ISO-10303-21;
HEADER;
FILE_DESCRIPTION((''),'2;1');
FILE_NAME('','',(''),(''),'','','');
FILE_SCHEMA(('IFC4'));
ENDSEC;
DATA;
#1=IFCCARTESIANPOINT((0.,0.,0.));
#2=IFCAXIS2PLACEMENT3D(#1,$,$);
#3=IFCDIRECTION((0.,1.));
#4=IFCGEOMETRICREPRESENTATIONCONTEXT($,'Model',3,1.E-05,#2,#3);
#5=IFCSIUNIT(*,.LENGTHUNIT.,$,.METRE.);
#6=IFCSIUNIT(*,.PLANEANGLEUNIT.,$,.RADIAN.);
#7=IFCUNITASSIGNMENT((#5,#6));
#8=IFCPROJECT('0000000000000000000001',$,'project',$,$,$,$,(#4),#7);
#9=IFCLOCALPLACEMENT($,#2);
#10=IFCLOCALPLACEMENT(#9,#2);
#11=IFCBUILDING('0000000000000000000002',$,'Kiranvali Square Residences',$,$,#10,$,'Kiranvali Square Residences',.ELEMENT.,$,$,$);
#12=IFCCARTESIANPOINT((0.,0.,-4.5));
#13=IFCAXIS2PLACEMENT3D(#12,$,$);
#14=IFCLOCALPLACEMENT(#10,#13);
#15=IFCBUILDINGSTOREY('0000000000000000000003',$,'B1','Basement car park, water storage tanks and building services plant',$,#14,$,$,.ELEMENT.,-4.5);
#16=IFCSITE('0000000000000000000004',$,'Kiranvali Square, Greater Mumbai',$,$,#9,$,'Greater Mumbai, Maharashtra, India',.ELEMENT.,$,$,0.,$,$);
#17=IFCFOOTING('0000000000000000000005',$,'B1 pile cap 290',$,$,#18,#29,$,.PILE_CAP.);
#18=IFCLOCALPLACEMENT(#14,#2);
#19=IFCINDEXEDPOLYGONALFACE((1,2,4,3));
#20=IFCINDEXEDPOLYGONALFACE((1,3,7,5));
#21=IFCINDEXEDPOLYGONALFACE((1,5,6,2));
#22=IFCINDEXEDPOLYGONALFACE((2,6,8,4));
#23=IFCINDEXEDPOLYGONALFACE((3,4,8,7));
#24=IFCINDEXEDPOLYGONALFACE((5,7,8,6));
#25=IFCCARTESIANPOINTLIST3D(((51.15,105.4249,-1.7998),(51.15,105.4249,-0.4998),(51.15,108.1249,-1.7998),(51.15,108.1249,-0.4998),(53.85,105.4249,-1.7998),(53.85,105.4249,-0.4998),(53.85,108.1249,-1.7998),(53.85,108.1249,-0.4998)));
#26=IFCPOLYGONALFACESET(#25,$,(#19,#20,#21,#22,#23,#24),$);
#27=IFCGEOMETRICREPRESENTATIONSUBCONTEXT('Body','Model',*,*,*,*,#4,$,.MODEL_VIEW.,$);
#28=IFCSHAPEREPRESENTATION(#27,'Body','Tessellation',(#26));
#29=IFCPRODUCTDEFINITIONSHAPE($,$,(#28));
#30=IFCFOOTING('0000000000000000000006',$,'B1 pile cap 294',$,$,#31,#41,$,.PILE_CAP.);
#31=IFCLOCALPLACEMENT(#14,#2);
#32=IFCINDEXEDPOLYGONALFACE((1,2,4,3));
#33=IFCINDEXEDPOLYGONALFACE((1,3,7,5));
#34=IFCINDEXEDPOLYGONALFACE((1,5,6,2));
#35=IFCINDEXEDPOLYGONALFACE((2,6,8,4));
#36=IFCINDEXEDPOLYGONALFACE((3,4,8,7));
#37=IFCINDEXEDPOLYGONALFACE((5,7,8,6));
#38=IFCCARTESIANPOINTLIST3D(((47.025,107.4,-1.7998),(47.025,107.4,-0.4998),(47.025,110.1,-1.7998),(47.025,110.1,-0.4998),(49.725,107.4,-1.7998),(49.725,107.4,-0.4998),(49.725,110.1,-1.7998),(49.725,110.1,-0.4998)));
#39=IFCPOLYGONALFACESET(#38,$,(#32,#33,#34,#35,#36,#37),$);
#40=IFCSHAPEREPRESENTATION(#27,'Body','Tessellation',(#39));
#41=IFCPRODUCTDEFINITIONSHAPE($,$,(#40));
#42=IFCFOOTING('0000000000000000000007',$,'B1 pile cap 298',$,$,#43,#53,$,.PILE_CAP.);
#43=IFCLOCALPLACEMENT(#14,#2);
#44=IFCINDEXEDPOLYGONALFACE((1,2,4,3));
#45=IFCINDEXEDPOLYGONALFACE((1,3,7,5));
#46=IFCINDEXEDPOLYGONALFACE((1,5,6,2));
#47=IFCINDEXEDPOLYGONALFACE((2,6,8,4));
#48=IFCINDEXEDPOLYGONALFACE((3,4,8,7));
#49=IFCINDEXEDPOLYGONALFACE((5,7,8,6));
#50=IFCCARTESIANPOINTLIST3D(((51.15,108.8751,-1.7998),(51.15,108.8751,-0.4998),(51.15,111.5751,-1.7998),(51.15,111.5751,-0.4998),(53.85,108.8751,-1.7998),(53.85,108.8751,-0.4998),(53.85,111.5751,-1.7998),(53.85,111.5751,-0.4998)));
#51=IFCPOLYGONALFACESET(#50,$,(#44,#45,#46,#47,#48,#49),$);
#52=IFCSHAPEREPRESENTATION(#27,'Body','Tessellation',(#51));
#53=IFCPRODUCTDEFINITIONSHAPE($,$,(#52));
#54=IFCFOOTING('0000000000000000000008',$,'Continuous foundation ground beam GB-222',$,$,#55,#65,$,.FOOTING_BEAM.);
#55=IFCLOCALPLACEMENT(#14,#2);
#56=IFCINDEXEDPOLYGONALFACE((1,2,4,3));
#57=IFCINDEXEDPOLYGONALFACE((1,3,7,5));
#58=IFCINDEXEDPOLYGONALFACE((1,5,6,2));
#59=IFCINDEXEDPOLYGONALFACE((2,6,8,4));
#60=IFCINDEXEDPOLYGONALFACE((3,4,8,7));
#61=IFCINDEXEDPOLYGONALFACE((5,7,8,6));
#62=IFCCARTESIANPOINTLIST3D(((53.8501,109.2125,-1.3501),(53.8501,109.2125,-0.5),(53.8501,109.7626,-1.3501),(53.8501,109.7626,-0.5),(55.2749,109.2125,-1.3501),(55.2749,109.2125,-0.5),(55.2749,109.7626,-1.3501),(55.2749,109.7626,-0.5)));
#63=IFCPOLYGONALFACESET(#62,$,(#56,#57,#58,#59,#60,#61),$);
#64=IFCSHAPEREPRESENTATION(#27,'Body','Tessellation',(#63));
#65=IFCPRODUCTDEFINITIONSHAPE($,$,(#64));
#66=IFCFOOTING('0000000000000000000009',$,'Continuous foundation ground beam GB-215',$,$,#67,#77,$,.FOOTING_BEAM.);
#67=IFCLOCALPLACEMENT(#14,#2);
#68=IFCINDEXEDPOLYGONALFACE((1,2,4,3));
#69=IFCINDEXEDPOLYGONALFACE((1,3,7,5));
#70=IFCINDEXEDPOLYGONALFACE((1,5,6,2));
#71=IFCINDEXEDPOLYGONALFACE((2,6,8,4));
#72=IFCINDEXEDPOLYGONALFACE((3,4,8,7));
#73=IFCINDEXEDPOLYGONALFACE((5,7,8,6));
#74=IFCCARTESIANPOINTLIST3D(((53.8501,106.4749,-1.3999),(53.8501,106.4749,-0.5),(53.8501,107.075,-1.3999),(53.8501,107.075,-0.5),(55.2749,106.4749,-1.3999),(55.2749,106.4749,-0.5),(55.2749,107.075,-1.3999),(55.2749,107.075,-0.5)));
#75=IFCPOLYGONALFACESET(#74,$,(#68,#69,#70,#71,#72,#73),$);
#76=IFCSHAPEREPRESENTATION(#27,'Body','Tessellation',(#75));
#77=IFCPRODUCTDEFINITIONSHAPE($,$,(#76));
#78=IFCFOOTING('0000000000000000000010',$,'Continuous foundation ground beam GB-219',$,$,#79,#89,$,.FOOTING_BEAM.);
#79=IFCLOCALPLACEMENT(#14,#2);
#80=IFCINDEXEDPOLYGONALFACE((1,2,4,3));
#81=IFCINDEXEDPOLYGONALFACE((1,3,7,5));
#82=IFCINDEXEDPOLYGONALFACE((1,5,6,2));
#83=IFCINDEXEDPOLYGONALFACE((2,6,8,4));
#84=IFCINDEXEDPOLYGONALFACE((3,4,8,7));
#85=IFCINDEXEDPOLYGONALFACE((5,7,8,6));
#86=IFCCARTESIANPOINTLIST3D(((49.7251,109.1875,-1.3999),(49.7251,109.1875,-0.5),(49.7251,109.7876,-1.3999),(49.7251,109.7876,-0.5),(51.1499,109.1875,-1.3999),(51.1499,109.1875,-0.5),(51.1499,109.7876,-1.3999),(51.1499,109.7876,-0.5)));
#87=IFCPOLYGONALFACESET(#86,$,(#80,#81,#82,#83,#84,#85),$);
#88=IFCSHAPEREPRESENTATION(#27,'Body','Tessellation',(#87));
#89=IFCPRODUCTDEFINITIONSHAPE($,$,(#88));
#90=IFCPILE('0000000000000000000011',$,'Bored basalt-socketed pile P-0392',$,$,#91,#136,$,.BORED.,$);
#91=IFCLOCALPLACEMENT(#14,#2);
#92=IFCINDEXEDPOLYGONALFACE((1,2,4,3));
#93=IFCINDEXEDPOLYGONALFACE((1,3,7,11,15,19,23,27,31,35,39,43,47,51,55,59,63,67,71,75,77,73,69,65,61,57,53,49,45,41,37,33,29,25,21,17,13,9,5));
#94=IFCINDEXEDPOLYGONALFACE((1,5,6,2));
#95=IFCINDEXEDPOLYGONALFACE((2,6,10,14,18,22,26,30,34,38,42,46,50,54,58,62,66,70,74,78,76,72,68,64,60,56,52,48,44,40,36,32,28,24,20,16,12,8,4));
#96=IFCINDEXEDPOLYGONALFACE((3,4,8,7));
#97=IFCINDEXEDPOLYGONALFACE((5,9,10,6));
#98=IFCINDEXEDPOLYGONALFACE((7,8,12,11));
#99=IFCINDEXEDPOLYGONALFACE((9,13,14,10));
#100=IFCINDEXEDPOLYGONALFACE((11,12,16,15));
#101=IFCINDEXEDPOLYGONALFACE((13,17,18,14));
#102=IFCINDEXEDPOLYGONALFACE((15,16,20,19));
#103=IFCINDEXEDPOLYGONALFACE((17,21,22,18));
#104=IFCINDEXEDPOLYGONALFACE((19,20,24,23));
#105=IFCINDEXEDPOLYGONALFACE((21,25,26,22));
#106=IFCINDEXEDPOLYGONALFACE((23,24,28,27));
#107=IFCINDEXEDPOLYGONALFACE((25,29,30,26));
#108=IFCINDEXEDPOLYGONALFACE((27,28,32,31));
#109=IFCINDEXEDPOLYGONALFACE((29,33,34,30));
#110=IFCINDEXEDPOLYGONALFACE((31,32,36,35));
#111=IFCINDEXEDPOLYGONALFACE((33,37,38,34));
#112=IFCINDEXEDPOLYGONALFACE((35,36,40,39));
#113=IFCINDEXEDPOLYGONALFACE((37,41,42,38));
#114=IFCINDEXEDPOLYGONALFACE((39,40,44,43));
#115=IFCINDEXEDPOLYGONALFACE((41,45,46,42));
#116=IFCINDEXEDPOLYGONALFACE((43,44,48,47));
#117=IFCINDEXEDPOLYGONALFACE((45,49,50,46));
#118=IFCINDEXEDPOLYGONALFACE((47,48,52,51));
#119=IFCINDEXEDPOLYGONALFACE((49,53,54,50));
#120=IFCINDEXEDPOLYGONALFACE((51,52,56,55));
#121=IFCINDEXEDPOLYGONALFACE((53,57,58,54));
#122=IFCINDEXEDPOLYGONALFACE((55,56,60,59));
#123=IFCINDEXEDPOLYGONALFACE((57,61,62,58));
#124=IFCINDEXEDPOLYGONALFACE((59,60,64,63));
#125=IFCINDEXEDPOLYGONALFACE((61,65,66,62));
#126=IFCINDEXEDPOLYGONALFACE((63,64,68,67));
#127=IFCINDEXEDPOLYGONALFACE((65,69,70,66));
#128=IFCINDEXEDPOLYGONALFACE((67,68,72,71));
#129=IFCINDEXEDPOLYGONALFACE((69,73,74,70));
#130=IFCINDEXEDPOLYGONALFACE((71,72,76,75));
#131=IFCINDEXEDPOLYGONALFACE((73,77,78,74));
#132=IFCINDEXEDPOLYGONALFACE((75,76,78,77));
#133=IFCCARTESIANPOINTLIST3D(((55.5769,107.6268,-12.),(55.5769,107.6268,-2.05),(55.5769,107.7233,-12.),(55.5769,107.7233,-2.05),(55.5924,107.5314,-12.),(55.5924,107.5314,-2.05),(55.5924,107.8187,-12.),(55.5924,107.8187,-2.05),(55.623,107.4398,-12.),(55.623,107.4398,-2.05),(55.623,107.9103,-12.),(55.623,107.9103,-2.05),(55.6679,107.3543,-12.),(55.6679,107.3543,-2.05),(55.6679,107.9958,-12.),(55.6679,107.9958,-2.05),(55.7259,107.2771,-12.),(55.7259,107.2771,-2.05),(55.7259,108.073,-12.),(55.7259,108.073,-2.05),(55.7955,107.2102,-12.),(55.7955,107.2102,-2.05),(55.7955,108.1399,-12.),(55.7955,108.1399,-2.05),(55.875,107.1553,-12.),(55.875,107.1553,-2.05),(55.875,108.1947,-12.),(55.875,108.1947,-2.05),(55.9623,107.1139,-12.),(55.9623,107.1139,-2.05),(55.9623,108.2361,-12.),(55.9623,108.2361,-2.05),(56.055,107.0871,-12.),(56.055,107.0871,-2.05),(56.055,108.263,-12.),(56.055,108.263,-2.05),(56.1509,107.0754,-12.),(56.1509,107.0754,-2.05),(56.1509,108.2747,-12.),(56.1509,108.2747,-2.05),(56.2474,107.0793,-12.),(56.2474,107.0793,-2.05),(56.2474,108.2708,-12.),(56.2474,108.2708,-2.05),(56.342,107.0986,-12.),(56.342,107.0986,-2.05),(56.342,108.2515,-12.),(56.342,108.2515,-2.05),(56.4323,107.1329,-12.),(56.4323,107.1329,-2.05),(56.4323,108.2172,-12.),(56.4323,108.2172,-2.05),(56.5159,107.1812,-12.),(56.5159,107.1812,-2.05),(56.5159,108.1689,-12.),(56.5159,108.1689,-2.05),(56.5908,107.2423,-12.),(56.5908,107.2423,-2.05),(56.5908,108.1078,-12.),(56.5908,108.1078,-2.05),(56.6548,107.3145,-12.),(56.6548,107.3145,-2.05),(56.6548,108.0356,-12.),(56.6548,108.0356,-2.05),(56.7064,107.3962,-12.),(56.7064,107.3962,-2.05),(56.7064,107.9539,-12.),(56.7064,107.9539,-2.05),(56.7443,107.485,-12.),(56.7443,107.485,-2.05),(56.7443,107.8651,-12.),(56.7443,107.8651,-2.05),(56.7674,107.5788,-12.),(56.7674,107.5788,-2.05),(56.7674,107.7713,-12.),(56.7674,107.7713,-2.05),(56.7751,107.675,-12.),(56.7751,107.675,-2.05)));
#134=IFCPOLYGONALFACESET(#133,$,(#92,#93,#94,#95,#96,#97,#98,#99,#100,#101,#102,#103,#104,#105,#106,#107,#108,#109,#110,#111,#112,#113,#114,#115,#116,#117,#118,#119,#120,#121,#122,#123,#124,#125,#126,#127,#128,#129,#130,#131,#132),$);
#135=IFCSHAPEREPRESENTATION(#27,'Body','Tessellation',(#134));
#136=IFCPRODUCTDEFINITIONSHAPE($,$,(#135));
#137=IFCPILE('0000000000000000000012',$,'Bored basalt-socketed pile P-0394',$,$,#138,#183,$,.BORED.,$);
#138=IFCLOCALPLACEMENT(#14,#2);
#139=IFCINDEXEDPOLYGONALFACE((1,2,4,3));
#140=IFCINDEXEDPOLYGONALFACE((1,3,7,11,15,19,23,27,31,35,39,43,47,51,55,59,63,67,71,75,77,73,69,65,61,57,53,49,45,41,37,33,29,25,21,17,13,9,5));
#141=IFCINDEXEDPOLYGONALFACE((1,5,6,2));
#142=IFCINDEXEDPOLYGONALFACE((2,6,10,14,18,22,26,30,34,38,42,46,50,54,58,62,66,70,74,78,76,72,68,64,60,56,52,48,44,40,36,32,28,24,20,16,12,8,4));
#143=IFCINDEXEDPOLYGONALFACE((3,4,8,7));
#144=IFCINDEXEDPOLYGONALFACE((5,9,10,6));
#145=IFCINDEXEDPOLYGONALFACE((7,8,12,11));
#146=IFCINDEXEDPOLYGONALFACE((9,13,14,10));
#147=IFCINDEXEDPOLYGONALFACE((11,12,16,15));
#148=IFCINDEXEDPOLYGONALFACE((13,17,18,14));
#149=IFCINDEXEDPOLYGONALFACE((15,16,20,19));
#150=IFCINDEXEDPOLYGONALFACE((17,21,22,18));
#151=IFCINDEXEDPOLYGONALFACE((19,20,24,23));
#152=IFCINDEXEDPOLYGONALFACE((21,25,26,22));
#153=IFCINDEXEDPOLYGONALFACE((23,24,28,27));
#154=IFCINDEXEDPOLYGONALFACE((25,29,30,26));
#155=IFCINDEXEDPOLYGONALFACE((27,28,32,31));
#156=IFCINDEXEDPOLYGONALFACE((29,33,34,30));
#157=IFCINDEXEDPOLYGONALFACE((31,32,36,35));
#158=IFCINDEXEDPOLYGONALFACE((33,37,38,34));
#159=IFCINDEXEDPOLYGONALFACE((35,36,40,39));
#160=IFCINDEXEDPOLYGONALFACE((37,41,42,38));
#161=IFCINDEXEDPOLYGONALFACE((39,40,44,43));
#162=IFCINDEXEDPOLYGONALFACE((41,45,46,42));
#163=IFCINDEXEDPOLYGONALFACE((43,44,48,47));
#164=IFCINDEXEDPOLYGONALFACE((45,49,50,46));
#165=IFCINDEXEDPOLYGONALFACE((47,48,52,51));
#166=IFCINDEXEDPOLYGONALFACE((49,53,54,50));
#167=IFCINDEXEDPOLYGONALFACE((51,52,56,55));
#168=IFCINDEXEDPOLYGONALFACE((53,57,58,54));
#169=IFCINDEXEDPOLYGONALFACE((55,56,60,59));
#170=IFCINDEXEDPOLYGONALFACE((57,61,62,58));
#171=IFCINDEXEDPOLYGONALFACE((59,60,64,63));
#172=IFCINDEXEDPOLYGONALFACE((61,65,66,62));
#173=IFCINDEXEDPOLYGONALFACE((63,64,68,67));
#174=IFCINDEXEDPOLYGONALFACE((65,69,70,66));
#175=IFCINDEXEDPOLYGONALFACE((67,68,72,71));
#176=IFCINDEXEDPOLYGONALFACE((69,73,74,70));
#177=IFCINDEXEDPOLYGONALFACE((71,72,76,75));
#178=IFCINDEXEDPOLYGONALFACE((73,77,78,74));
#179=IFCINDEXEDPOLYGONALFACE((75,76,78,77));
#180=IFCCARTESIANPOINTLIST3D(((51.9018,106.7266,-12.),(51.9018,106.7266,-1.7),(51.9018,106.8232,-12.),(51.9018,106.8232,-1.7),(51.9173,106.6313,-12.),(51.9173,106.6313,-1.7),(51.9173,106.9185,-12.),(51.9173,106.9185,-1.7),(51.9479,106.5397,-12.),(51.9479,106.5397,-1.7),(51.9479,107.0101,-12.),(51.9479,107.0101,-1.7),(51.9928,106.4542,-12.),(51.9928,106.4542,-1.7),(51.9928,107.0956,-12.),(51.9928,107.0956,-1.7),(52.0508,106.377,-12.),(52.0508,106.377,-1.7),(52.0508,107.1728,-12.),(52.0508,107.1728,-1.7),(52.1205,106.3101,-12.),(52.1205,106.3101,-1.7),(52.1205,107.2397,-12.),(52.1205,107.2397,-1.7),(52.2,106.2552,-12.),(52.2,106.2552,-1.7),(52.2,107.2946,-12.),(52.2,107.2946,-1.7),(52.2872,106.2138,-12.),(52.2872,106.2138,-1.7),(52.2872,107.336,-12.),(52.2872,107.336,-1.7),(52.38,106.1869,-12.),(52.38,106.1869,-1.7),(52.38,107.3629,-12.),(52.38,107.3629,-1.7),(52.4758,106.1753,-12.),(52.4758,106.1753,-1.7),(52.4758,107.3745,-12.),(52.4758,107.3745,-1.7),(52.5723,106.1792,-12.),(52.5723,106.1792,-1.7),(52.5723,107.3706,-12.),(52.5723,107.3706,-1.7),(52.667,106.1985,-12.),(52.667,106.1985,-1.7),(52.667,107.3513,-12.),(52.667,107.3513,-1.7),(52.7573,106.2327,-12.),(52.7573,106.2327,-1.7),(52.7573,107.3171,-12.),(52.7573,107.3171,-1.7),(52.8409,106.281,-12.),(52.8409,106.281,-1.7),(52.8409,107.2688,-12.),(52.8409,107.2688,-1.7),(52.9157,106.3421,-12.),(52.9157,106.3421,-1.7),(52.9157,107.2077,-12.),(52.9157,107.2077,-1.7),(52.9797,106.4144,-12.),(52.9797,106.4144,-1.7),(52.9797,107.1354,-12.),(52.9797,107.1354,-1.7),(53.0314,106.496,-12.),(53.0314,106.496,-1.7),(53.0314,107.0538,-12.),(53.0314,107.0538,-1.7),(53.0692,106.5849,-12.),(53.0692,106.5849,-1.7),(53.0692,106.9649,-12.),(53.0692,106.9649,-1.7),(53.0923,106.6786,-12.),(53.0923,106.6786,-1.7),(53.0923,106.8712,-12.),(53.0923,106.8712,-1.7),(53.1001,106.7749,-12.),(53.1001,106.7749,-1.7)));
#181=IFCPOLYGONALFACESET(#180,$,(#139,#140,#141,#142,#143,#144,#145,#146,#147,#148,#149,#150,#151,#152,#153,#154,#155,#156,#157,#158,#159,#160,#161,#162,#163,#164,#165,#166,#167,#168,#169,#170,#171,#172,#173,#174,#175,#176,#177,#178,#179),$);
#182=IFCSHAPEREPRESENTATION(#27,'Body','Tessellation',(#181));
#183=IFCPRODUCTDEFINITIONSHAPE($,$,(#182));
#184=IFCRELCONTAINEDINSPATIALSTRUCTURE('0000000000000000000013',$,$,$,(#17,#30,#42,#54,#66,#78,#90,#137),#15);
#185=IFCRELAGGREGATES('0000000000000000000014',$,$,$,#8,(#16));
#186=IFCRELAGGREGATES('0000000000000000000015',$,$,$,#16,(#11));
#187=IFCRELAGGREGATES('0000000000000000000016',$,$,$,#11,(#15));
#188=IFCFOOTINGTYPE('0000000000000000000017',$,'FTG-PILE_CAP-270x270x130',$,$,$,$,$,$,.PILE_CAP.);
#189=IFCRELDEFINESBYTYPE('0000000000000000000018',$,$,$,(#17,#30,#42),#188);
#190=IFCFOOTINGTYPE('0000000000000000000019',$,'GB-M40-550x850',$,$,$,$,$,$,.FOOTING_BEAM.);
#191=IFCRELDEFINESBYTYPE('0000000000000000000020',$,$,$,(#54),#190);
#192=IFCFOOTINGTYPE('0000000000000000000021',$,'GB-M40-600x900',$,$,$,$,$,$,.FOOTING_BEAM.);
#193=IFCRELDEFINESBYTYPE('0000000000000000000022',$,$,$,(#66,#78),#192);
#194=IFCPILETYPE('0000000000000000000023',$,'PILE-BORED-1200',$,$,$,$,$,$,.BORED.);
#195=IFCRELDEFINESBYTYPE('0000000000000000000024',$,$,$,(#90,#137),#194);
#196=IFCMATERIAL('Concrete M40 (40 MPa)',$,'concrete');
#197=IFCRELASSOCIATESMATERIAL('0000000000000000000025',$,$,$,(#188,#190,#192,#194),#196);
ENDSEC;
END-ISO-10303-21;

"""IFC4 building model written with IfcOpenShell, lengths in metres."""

from ifc_helpers import new_model, si_unit, direction, frame, origin, origin_2d, place, context, subcontext, project, spatial, rectangle, circle, extrude, material, material_profile, profile_set, type_object, element, save


model = new_model("IFC4")

# Units and contexts
model_context = context("Model", 3, precision=1e-05, world=origin(), true_north=direction((0.0, 1.0)))
body_context = subcontext(model_context, "Body", "Model", "MODEL_VIEW")
ifc_project = project(units=[si_unit("LENGTHUNIT", "METRE"), si_unit("PLANEANGLEUNIT", "RADIAN")], contexts=[model_context])

# Site, building, storey
site_placement = place(None, origin())
site = spatial("IfcSite", under=ifc_project, at=site_placement, Name="Kiranvali Square, Greater Mumbai", LongName="Greater Mumbai, Maharashtra, India", CompositionType="ELEMENT", RefElevation=0.0)
building_placement = place(site_placement, origin())
building = spatial("IfcBuilding", under=site, at=building_placement, Name="Kiranvali Square Residences", LongName="Kiranvali Square Residences", CompositionType="ELEMENT")
storey_placement = place(building_placement, frame((0.0, 0.0, -4.5)))
storey = spatial("IfcBuildingStorey", under=building, at=storey_placement, Name="B1", Description="Basement car park, water storage tanks and building services plant", CompositionType="ELEMENT", Elevation=-4.5)

# Footings
ifc_material_1 = material(Name="Concrete M40 (40 MPa)", Category="concrete")
footing_type_1 = type_object("IfcFootingType", Name="FTG-PILE_CAP-270x270x130", PredefinedType="PILE_CAP", material=ifc_material_1)
for number, where, z_axis, x_axis, name in (
    (1, (52.5, 106.7749, -1.7998), (0.0, 0.0, 1.0), (1.0, 0.0, 0.0), "B1 pile cap 290"),
    (2, (48.375, 108.75, -1.7998), (0.0, 0.0, 1.0), (1.0, 0.0, 0.0), "B1 pile cap 294"),
    (3, (52.5, 110.2251, -1.7998), (0.0, 0.0, 1.0), (1.0, 0.0, 0.0), "B1 pile cap 298"),
):
    element("IfcFooting", number, at=place(storey_placement, frame(where, z_axis=z_axis, x_axis=x_axis)), inside=storey, type_object=footing_type_1, Name=name, PredefinedType="PILE_CAP", context=body_context, shape_type="SweptSolid", body=[
        extrude(rectangle(XDim=2.7, YDim=2.7, at=origin_2d()), origin(), (0.0, 0.0, 1.0), 1.3),
    ])
ifc_material_profile_1 = material_profile(ifc_material_1, rectangle(XDim=0.55, YDim=0.8501, at=origin_2d()), Name="GB 550x850")
ifc_profile_set_1 = profile_set([ifc_material_profile_1], Name="Concrete M40 (40 MPa)")
footing_type_2 = type_object("IfcFootingType", Name="GB-M40-550x850", PredefinedType="FOOTING_BEAM", material=ifc_profile_set_1)
footing_placement = place(storey_placement, frame((53.8501, 109.4875, -0.925), z_axis=(1.0, 0.0, 0.0), x_axis=(0.0, 1.0, 0.0)))
element("IfcFooting", 4, at=footing_placement, inside=storey, type_object=footing_type_2, Name="Continuous foundation ground beam GB-222", PredefinedType="FOOTING_BEAM", context=body_context, shape_type="SweptSolid", body=[
    extrude(rectangle(XDim=0.55, YDim=0.8501, at=origin_2d()), origin(), (0.0, 0.0, 1.0), 1.4248),
])
ifc_material_profile_2 = material_profile(ifc_material_1, rectangle(XDim=0.6001, YDim=0.8999, at=origin_2d()), Name="GB 600x900")
ifc_profile_set_2 = profile_set([ifc_material_profile_2], Name="Concrete M40 (40 MPa)")
footing_type_3 = type_object("IfcFootingType", Name="GB-M40-600x900", PredefinedType="FOOTING_BEAM", material=ifc_profile_set_2)
for number, where, z_axis, x_axis, name in (
    (5, (53.8501, 106.7749, -0.95), (1.0, 0.0, 0.0), (0.0, 1.0, 0.0), "Continuous foundation ground beam GB-215"),
    (6, (49.7251, 109.4875, -0.95), (1.0, 0.0, 0.0), (0.0, 1.0, 0.0), "Continuous foundation ground beam GB-219"),
):
    element("IfcFooting", number, at=place(storey_placement, frame(where, z_axis=z_axis, x_axis=x_axis)), inside=storey, type_object=footing_type_3, Name=name, PredefinedType="FOOTING_BEAM", context=body_context, shape_type="SweptSolid", body=[
        extrude(rectangle(XDim=0.6001, YDim=0.8999, at=origin_2d()), origin(), (0.0, 0.0, 1.0), 1.4248),
    ])

# Piles
ifc_material_profile_3 = material_profile(ifc_material_1, circle(Radius=0.6001, at=origin_2d()), Name="BORED PILE 1200")
ifc_profile_set_3 = profile_set([ifc_material_profile_3], Name="Concrete M40 (40 MPa)")
pile_type = type_object("IfcPileType", Name="PILE-BORED-1200", PredefinedType="BORED", material=ifc_profile_set_3)
pile_placement = place(storey_placement, frame((56.175, 107.675, -2.05), z_axis=(0.0, 0.0, -1.0), x_axis=(1.0, 0.0, 0.0)))
element("IfcPile", 7, at=pile_placement, inside=storey, type_object=pile_type, Name="Bored basalt-socketed pile P-0392", PredefinedType="BORED", context=body_context, shape_type="SweptSolid", body=[
    extrude(circle(Radius=0.6001, at=origin_2d()), origin(), (0.0, 0.0, 1.0), 9.95),
])
for number, where, z_axis, x_axis, name in (
    (8, (52.5, 106.7749, -1.7), (0.0, 0.0, -1.0), (1.0, 0.0, 0.0), "Bored basalt-socketed pile P-0394"),
):
    element("IfcPile", number, at=place(storey_placement, frame(where, z_axis=z_axis, x_axis=x_axis)), inside=storey, type_object=pile_type, Name=name, PredefinedType="BORED", context=body_context, shape_type="SweptSolid", body=[
        extrude(circle(Radius=0.6001, at=origin_2d()), origin(), (0.0, 0.0, 1.0), 10.3),
    ])

save(model, "model.ifc")
